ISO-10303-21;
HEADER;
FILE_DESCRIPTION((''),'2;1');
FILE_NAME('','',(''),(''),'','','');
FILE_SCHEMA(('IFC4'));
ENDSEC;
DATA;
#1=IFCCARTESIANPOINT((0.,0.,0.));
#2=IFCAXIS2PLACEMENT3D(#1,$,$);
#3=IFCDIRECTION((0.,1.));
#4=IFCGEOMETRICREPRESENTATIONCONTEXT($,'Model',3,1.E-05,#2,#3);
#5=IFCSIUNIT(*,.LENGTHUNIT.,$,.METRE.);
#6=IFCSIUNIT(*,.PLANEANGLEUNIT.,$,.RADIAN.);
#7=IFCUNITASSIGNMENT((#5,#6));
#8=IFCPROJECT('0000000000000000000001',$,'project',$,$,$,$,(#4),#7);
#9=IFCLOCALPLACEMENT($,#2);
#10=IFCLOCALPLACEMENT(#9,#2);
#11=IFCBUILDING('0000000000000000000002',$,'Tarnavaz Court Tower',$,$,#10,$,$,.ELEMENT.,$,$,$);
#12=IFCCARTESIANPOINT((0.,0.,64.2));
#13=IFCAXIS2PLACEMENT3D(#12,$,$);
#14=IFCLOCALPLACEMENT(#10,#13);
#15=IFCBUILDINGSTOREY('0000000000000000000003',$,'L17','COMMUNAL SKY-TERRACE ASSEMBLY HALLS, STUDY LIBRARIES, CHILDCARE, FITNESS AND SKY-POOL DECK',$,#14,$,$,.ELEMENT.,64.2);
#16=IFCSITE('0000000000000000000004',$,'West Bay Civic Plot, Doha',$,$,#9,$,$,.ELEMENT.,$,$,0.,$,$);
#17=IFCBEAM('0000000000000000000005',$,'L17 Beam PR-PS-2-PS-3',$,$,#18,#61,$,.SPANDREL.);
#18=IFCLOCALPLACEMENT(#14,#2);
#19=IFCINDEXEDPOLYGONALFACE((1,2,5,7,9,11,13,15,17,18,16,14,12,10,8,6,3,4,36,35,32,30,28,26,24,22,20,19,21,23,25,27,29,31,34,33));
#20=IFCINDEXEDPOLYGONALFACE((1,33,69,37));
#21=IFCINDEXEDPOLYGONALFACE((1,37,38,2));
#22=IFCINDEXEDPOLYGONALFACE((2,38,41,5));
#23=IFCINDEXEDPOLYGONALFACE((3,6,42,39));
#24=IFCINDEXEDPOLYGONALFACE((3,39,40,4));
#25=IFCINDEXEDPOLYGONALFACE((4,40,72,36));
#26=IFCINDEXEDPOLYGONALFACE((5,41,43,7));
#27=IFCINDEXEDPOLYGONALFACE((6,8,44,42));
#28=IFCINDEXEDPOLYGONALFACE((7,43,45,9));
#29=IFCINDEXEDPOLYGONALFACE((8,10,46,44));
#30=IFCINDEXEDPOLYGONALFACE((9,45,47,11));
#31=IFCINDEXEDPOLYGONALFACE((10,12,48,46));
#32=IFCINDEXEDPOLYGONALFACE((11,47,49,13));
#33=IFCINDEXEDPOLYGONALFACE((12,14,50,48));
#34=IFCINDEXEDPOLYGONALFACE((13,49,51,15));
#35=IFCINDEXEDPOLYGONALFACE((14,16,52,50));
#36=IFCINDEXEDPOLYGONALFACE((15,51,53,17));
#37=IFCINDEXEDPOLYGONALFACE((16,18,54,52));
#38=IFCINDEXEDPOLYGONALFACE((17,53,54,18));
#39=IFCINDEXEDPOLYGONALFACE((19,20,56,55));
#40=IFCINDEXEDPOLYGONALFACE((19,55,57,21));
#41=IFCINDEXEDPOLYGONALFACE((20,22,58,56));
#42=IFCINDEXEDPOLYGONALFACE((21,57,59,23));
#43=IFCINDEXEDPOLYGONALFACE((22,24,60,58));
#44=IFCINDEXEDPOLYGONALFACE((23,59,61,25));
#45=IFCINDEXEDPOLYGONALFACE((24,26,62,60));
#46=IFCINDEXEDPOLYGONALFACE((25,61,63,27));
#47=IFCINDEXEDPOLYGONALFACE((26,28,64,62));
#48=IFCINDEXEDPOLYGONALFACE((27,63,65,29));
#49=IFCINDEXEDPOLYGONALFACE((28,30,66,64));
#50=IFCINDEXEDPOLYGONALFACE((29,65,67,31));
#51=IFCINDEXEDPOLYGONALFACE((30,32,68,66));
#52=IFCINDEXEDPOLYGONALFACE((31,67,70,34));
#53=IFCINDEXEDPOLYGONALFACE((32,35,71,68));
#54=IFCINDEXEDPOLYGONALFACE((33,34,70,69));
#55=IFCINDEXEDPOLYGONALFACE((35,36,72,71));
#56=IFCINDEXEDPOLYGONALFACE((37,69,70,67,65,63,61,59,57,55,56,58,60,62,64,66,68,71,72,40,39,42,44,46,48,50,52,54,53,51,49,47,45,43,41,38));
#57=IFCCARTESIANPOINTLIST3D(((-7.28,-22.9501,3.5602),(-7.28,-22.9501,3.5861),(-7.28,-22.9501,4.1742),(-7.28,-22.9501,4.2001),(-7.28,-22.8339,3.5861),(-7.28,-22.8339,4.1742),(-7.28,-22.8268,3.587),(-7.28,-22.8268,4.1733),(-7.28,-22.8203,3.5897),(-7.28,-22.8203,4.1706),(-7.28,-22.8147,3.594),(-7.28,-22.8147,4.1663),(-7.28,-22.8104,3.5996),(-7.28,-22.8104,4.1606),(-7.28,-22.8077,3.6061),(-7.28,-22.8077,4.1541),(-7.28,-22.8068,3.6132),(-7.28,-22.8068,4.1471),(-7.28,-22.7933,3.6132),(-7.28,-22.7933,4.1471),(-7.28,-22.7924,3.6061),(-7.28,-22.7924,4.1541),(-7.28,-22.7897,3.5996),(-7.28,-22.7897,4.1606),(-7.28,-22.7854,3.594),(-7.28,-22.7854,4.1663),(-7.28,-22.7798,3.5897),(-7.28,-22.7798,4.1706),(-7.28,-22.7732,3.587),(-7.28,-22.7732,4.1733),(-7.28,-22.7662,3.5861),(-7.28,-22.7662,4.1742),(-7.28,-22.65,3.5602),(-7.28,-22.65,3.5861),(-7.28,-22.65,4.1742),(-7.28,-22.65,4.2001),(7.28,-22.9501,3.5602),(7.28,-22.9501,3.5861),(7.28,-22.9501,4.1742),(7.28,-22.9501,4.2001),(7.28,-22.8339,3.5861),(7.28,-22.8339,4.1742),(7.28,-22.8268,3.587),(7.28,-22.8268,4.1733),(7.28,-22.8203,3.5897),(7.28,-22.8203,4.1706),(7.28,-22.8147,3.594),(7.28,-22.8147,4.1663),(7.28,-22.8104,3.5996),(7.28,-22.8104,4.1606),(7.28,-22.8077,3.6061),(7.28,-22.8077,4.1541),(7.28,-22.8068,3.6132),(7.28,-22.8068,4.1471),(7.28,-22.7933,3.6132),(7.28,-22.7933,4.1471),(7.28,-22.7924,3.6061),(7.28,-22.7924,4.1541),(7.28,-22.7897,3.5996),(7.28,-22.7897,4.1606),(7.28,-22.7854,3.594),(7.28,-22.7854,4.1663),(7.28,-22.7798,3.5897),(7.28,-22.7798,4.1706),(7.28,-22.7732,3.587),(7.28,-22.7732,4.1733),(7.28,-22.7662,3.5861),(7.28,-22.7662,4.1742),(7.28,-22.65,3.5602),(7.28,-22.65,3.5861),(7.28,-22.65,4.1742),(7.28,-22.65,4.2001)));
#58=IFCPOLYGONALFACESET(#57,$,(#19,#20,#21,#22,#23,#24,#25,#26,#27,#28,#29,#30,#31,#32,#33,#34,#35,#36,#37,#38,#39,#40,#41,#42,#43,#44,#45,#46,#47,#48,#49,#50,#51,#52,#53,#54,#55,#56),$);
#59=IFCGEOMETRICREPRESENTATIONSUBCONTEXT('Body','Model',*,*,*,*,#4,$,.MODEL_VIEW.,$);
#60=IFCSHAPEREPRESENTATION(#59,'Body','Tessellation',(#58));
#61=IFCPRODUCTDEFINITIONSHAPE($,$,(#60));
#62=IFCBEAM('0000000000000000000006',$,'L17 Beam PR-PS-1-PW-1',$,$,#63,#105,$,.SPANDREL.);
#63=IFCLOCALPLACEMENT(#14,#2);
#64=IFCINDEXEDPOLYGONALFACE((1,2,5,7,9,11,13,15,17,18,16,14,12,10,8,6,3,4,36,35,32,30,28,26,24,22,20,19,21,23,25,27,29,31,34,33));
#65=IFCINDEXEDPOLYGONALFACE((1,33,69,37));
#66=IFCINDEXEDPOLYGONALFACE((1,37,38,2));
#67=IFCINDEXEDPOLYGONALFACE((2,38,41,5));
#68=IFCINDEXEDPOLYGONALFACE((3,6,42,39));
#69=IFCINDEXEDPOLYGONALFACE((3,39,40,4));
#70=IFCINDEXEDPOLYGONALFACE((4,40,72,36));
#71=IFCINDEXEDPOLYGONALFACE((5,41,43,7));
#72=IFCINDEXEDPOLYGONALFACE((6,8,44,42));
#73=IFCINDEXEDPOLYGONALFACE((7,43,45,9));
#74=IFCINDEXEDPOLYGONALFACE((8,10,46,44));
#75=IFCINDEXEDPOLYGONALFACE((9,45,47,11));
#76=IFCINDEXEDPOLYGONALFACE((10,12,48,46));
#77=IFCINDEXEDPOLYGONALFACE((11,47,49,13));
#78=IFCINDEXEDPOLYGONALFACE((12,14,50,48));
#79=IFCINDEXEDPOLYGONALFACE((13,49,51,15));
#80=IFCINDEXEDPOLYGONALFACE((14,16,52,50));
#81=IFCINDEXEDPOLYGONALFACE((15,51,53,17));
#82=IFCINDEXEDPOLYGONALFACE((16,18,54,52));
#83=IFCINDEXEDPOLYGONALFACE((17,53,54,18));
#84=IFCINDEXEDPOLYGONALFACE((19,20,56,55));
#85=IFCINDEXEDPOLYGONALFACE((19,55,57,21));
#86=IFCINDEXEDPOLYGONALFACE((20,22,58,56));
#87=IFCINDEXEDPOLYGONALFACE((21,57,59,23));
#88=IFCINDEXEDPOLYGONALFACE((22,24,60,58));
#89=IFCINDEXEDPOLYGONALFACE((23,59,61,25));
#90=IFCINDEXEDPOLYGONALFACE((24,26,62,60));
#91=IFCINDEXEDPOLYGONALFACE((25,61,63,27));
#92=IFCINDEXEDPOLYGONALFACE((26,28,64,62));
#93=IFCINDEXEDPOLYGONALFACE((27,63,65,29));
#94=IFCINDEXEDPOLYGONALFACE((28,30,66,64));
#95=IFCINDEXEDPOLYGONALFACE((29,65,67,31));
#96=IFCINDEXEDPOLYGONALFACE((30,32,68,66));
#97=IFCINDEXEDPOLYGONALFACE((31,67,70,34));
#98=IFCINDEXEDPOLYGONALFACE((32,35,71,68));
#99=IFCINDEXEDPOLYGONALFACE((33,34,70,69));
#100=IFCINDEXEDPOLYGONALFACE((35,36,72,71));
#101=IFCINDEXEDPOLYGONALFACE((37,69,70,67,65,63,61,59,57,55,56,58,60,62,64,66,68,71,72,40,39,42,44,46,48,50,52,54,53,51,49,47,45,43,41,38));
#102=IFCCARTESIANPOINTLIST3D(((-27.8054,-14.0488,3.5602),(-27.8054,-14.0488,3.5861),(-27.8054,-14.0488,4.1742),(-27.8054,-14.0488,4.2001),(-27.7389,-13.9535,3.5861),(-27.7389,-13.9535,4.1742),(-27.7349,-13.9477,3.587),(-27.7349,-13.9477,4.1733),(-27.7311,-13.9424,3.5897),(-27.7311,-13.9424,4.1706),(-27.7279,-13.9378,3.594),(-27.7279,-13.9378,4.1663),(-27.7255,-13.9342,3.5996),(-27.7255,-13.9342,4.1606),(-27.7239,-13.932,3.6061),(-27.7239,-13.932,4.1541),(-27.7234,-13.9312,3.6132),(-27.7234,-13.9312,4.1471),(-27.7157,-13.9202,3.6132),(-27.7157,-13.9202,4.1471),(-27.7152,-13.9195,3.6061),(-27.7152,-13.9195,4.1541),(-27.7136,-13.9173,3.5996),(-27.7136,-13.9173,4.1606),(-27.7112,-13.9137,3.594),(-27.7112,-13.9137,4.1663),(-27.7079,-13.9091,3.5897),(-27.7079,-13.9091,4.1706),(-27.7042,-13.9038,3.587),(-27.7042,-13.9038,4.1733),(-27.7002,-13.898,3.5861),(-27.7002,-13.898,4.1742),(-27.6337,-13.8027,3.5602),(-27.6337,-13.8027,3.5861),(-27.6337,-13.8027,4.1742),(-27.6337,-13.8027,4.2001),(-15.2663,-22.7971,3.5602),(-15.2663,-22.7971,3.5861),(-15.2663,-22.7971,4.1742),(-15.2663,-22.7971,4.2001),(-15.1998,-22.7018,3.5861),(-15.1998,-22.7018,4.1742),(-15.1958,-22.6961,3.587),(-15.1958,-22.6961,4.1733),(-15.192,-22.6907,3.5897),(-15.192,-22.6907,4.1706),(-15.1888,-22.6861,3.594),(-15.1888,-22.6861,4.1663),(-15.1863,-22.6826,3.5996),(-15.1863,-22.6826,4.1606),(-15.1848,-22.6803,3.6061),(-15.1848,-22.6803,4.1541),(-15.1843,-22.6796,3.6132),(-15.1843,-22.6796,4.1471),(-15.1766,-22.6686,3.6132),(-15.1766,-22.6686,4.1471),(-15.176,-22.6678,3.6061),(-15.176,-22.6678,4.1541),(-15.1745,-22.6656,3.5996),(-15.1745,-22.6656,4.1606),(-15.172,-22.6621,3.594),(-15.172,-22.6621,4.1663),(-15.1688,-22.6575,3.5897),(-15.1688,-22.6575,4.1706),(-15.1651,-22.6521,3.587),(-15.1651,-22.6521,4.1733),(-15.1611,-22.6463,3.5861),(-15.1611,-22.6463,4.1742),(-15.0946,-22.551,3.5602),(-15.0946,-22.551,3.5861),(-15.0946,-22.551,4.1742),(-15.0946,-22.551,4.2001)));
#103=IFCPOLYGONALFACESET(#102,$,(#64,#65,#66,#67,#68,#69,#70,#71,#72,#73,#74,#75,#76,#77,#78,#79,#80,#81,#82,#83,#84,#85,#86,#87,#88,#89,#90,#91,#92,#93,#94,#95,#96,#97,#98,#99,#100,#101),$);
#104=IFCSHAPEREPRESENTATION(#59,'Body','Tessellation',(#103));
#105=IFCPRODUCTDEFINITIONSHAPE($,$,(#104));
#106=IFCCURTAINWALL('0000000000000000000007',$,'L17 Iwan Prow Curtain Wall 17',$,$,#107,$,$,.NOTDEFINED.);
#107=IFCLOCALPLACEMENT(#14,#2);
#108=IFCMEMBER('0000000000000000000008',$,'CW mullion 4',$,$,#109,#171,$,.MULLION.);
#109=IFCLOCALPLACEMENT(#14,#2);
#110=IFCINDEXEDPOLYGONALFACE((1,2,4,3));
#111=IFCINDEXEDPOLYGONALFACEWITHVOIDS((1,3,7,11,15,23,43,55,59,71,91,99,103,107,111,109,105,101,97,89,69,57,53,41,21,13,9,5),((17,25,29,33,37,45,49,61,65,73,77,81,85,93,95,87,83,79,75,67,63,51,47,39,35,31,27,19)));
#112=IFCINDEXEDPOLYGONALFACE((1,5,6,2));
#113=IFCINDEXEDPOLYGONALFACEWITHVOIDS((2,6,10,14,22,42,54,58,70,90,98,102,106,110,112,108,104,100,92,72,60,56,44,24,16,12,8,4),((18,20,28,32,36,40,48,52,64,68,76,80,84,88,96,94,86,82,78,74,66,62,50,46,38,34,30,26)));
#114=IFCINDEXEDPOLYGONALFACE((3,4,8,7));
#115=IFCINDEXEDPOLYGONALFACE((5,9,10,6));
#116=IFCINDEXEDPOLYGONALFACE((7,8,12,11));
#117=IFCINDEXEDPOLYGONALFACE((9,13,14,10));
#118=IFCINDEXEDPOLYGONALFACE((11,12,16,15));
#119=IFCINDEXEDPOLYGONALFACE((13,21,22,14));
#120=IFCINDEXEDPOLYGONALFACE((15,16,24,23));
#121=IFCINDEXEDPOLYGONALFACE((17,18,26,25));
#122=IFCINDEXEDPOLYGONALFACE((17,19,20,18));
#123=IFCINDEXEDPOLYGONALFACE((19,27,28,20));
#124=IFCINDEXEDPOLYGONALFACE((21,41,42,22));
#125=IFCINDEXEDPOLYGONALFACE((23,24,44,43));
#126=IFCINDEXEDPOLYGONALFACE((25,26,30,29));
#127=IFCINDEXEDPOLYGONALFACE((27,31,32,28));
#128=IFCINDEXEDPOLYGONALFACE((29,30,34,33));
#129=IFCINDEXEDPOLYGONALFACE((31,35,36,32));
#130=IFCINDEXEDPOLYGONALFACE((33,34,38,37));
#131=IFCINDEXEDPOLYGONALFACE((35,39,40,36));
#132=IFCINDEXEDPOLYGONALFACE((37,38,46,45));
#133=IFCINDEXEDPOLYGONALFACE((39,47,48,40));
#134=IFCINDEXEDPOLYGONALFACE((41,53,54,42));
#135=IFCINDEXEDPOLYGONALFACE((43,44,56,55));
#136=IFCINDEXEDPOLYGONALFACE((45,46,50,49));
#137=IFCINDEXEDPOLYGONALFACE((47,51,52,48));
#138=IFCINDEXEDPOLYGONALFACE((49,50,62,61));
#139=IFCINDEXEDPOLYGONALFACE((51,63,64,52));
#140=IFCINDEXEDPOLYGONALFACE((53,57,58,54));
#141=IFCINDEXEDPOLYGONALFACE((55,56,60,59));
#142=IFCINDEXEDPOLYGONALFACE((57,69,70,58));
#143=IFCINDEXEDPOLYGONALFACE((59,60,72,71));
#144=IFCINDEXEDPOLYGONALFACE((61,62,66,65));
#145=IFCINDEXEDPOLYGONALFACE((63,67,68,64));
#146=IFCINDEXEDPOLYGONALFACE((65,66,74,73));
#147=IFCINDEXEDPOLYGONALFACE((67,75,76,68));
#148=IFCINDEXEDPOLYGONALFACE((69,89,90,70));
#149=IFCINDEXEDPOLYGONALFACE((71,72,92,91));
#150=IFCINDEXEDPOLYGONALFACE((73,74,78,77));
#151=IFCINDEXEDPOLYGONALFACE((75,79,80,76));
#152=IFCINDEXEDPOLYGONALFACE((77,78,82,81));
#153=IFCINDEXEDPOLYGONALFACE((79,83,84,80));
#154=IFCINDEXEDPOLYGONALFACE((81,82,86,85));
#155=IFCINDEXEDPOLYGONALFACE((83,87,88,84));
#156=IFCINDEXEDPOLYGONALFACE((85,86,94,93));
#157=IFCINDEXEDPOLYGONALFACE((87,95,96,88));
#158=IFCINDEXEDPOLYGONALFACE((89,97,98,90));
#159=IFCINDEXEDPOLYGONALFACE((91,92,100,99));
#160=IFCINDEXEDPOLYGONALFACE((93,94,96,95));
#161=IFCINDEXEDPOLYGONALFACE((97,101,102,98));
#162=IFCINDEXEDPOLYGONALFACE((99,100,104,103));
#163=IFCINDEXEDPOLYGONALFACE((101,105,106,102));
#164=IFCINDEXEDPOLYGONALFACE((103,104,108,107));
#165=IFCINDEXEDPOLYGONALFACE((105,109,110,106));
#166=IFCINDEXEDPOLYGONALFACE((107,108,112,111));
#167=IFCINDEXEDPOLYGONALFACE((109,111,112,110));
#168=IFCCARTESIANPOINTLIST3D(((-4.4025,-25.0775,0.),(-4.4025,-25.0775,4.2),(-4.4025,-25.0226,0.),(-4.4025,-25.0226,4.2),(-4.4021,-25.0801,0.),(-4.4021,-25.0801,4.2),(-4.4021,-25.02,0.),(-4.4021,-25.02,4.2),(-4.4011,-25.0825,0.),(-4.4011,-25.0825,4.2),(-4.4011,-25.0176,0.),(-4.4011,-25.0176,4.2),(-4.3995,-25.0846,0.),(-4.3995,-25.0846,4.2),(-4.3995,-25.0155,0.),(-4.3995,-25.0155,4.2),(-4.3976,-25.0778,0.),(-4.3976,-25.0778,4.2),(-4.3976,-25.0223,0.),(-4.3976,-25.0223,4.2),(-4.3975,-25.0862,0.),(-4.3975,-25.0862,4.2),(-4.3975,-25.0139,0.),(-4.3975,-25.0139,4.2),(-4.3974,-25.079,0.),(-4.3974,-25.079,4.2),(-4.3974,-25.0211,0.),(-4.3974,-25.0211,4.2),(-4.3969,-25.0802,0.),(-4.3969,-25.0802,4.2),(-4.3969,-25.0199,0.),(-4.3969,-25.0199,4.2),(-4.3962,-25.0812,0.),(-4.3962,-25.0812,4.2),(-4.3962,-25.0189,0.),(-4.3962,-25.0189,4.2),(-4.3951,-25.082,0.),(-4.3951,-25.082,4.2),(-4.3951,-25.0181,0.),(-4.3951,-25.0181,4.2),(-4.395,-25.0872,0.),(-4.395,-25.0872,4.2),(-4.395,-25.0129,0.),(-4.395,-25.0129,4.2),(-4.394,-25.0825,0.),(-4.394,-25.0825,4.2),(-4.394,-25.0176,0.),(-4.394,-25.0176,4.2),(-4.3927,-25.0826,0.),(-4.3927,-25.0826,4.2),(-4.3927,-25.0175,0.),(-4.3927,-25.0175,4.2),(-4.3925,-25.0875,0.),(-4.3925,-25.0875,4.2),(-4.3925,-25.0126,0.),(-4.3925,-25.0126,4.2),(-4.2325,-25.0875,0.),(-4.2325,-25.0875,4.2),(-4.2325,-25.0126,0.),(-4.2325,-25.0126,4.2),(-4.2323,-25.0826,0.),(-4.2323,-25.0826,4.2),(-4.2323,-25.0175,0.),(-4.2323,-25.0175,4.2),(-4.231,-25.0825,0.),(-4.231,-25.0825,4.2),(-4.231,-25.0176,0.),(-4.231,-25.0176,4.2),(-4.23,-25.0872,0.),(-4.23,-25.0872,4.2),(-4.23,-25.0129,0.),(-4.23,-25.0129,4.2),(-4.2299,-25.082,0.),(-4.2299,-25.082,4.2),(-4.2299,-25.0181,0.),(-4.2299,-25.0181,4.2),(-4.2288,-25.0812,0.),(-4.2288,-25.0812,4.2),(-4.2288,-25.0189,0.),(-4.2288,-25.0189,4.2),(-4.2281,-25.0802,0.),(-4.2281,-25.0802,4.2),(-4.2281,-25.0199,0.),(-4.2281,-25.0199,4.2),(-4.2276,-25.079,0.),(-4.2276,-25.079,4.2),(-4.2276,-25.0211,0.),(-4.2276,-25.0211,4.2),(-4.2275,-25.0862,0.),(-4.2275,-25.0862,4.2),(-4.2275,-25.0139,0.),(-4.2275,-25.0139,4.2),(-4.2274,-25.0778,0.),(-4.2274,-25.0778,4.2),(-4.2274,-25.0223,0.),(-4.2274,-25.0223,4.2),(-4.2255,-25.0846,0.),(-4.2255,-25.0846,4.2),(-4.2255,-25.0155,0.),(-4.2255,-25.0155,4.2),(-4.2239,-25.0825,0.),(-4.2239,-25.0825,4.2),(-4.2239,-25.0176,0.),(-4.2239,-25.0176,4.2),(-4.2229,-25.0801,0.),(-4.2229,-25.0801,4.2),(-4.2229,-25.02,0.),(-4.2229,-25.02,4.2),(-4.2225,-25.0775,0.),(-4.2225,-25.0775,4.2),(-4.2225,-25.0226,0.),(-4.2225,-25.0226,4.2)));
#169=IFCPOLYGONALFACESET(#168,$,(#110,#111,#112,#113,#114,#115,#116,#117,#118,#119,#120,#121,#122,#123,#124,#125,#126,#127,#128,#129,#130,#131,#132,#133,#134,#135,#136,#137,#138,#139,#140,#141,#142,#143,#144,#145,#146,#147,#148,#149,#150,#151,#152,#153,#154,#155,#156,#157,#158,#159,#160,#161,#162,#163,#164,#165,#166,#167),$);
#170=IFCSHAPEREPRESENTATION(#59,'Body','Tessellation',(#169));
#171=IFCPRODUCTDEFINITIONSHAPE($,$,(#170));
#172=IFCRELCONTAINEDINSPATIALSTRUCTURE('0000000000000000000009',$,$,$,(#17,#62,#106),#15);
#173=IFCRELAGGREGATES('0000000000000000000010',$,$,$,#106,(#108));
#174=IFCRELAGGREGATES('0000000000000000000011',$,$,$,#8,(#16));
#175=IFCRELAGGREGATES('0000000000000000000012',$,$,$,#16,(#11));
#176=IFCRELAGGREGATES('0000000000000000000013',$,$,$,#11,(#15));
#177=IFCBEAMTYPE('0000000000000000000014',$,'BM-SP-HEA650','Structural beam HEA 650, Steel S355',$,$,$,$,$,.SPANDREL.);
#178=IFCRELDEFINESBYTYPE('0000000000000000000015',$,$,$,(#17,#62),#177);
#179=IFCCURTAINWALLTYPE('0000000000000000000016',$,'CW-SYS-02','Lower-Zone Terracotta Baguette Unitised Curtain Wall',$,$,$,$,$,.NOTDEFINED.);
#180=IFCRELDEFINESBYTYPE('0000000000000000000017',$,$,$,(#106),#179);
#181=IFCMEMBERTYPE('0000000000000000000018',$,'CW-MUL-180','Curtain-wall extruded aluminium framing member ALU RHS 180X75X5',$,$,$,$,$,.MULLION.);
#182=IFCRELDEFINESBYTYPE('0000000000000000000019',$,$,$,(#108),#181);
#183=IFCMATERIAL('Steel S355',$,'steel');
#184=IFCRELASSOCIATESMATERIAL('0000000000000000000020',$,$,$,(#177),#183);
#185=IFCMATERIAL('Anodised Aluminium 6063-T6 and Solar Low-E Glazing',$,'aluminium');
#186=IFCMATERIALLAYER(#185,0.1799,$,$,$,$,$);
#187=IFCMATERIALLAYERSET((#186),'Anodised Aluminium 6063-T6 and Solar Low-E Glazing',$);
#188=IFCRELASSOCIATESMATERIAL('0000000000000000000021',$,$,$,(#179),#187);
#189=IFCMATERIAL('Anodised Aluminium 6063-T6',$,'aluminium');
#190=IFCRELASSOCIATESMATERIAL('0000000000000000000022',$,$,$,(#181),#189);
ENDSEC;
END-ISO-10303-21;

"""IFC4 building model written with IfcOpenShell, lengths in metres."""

from ifc_helpers import new_model, si_unit, direction, frame, origin, origin_2d, place, context, subcontext, project, spatial, hollow_rectangle, i_section, extrude, material, layer, layer_set, material_profile, profile_set, type_object, element, aggregate, save


model = new_model("IFC4")

# Units and contexts
model_context = context("Model", 3, precision=1e-05, world=origin(), true_north=direction((0.0, 1.0)))
body_context = subcontext(model_context, "Body", "Model", "MODEL_VIEW")
ifc_project = project(units=[si_unit("LENGTHUNIT", "METRE"), si_unit("PLANEANGLEUNIT", "RADIAN")], contexts=[model_context])

# Site, building, storey
site_placement = place(None, origin())
site = spatial("IfcSite", under=ifc_project, at=site_placement, Name="West Bay Civic Plot, Doha", CompositionType="ELEMENT", RefElevation=0.0)
building_placement = place(site_placement, origin())
building = spatial("IfcBuilding", under=site, at=building_placement, Name="Tarnavaz Court Tower", CompositionType="ELEMENT")
storey_placement = place(building_placement, frame((0.0, 0.0, 64.2)))
storey = spatial("IfcBuildingStorey", under=building, at=storey_placement, Name="L17", Description="COMMUNAL SKY-TERRACE ASSEMBLY HALLS, STUDY LIBRARIES, CHILDCARE, FITNESS AND SKY-POOL DECK", CompositionType="ELEMENT", Elevation=64.2)

# Beams
ifc_material_1 = material(Name="Steel S355", Category="steel")
ifc_material_profile_1 = material_profile(ifc_material_1, i_section(OverallWidth=0.3, OverallDepth=0.6399, WebThickness=0.0134, FlangeThickness=0.0259, FilletRadius=0.0271, at=origin_2d()), Name="HEA 650")
ifc_profile_set_1 = profile_set([ifc_material_profile_1], Name="Steel S355")
beam_type_1 = type_object("IfcBeamType", Name="BM-SP-HEA650", Description="Structural beam HEA 650, Steel S355", PredefinedType="SPANDREL", material=ifc_profile_set_1)
beam_1_placement = place(storey_placement, frame((-7.28, -22.8, 3.8801), z_axis=(1.0, 0.0, 0.0), x_axis=(0.0, 1.0, 0.0)))
element("IfcBeam", 1, at=beam_1_placement, inside=storey, type_object=beam_type_1, Name="L17 Beam PR-PS-2-PS-3", PredefinedType="SPANDREL", context=body_context, shape_type="SweptSolid", body=[
    extrude(i_section(OverallWidth=0.3, OverallDepth=0.6399, WebThickness=0.0134, FlangeThickness=0.0259, FilletRadius=0.0271, at=origin_2d()), origin(), (0.0, 0.0, 1.0), 14.5601),
])
beam_2_placement = place(storey_placement, frame((-15.1804, -22.6741, 3.8801), z_axis=(-0.820124, 0.572186, 0.0), x_axis=(-0.572186, -0.820124, 0.0)))
element("IfcBeam", 2, at=beam_2_placement, inside=storey, type_object=beam_type_1, Name="L17 Beam PR-PS-1-PW-1", PredefinedType="SPANDREL", context=body_context, shape_type="SweptSolid", body=[
    extrude(i_section(OverallWidth=0.3, OverallDepth=0.6399, WebThickness=0.0134, FlangeThickness=0.0259, FilletRadius=0.0271, at=origin_2d()), origin(), (0.0, 0.0, 1.0), 15.2893),
])

# Curtain wall, member
ifc_material_2 = material(Name="Anodised Aluminium 6063-T6 and Solar Low-E Glazing", Category="aluminium")
ifc_layer_1 = layer(ifc_material_2, 0.1799)
ifc_layer_set_1 = layer_set([ifc_layer_1], Name="Anodised Aluminium 6063-T6 and Solar Low-E Glazing")
curtain_wall_type = type_object("IfcCurtainWallType", Name="CW-SYS-02", Description="Lower-Zone Terracotta Baguette Unitised Curtain Wall", PredefinedType="NOTDEFINED", material=ifc_layer_set_1)
curtain_wall_placement = place(storey_placement, origin())
curtain_wall = element("IfcCurtainWall", 3, at=curtain_wall_placement, inside=storey, type_object=curtain_wall_type, Name="L17 Iwan Prow Curtain Wall 17", PredefinedType="NOTDEFINED")
ifc_material_3 = material(Name="Anodised Aluminium 6063-T6", Category="aluminium")
ifc_material_profile_2 = material_profile(ifc_material_3, hollow_rectangle(XDim=0.075, YDim=0.1799, WallThickness=0.0049, InnerFilletRadius=0.0049, OuterFilletRadius=0.01, at=origin_2d()), Name="ALU RHS 180X75X5")
ifc_profile_set_2 = profile_set([ifc_material_profile_2], Name="Anodised Aluminium 6063-T6")
member_type_1 = type_object("IfcMemberType", Name="CW-MUL-180", Description="Curtain-wall extruded aluminium framing member ALU RHS 180X75X5", PredefinedType="MULLION", material=ifc_profile_set_2)
member_1_placement = place(storey_placement, frame((-4.3125, -25.05, 0.0), z_axis=(0.0, 0.0, 1.0), x_axis=(0.0, -1.0, 0.0)))
member_1 = element("IfcMember", 4, at=member_1_placement, type_object=member_type_1, Name="CW mullion 4", PredefinedType="MULLION", context=body_context, shape_type="SweptSolid", body=[
    extrude(hollow_rectangle(XDim=0.075, YDim=0.1799, WallThickness=0.0049, InnerFilletRadius=0.0049, OuterFilletRadius=0.01, at=origin_2d()), origin(), (0.0, 0.0, 1.0), 4.2),
])
aggregate(curtain_wall, [member_1])

save(model, "model.ifc")
